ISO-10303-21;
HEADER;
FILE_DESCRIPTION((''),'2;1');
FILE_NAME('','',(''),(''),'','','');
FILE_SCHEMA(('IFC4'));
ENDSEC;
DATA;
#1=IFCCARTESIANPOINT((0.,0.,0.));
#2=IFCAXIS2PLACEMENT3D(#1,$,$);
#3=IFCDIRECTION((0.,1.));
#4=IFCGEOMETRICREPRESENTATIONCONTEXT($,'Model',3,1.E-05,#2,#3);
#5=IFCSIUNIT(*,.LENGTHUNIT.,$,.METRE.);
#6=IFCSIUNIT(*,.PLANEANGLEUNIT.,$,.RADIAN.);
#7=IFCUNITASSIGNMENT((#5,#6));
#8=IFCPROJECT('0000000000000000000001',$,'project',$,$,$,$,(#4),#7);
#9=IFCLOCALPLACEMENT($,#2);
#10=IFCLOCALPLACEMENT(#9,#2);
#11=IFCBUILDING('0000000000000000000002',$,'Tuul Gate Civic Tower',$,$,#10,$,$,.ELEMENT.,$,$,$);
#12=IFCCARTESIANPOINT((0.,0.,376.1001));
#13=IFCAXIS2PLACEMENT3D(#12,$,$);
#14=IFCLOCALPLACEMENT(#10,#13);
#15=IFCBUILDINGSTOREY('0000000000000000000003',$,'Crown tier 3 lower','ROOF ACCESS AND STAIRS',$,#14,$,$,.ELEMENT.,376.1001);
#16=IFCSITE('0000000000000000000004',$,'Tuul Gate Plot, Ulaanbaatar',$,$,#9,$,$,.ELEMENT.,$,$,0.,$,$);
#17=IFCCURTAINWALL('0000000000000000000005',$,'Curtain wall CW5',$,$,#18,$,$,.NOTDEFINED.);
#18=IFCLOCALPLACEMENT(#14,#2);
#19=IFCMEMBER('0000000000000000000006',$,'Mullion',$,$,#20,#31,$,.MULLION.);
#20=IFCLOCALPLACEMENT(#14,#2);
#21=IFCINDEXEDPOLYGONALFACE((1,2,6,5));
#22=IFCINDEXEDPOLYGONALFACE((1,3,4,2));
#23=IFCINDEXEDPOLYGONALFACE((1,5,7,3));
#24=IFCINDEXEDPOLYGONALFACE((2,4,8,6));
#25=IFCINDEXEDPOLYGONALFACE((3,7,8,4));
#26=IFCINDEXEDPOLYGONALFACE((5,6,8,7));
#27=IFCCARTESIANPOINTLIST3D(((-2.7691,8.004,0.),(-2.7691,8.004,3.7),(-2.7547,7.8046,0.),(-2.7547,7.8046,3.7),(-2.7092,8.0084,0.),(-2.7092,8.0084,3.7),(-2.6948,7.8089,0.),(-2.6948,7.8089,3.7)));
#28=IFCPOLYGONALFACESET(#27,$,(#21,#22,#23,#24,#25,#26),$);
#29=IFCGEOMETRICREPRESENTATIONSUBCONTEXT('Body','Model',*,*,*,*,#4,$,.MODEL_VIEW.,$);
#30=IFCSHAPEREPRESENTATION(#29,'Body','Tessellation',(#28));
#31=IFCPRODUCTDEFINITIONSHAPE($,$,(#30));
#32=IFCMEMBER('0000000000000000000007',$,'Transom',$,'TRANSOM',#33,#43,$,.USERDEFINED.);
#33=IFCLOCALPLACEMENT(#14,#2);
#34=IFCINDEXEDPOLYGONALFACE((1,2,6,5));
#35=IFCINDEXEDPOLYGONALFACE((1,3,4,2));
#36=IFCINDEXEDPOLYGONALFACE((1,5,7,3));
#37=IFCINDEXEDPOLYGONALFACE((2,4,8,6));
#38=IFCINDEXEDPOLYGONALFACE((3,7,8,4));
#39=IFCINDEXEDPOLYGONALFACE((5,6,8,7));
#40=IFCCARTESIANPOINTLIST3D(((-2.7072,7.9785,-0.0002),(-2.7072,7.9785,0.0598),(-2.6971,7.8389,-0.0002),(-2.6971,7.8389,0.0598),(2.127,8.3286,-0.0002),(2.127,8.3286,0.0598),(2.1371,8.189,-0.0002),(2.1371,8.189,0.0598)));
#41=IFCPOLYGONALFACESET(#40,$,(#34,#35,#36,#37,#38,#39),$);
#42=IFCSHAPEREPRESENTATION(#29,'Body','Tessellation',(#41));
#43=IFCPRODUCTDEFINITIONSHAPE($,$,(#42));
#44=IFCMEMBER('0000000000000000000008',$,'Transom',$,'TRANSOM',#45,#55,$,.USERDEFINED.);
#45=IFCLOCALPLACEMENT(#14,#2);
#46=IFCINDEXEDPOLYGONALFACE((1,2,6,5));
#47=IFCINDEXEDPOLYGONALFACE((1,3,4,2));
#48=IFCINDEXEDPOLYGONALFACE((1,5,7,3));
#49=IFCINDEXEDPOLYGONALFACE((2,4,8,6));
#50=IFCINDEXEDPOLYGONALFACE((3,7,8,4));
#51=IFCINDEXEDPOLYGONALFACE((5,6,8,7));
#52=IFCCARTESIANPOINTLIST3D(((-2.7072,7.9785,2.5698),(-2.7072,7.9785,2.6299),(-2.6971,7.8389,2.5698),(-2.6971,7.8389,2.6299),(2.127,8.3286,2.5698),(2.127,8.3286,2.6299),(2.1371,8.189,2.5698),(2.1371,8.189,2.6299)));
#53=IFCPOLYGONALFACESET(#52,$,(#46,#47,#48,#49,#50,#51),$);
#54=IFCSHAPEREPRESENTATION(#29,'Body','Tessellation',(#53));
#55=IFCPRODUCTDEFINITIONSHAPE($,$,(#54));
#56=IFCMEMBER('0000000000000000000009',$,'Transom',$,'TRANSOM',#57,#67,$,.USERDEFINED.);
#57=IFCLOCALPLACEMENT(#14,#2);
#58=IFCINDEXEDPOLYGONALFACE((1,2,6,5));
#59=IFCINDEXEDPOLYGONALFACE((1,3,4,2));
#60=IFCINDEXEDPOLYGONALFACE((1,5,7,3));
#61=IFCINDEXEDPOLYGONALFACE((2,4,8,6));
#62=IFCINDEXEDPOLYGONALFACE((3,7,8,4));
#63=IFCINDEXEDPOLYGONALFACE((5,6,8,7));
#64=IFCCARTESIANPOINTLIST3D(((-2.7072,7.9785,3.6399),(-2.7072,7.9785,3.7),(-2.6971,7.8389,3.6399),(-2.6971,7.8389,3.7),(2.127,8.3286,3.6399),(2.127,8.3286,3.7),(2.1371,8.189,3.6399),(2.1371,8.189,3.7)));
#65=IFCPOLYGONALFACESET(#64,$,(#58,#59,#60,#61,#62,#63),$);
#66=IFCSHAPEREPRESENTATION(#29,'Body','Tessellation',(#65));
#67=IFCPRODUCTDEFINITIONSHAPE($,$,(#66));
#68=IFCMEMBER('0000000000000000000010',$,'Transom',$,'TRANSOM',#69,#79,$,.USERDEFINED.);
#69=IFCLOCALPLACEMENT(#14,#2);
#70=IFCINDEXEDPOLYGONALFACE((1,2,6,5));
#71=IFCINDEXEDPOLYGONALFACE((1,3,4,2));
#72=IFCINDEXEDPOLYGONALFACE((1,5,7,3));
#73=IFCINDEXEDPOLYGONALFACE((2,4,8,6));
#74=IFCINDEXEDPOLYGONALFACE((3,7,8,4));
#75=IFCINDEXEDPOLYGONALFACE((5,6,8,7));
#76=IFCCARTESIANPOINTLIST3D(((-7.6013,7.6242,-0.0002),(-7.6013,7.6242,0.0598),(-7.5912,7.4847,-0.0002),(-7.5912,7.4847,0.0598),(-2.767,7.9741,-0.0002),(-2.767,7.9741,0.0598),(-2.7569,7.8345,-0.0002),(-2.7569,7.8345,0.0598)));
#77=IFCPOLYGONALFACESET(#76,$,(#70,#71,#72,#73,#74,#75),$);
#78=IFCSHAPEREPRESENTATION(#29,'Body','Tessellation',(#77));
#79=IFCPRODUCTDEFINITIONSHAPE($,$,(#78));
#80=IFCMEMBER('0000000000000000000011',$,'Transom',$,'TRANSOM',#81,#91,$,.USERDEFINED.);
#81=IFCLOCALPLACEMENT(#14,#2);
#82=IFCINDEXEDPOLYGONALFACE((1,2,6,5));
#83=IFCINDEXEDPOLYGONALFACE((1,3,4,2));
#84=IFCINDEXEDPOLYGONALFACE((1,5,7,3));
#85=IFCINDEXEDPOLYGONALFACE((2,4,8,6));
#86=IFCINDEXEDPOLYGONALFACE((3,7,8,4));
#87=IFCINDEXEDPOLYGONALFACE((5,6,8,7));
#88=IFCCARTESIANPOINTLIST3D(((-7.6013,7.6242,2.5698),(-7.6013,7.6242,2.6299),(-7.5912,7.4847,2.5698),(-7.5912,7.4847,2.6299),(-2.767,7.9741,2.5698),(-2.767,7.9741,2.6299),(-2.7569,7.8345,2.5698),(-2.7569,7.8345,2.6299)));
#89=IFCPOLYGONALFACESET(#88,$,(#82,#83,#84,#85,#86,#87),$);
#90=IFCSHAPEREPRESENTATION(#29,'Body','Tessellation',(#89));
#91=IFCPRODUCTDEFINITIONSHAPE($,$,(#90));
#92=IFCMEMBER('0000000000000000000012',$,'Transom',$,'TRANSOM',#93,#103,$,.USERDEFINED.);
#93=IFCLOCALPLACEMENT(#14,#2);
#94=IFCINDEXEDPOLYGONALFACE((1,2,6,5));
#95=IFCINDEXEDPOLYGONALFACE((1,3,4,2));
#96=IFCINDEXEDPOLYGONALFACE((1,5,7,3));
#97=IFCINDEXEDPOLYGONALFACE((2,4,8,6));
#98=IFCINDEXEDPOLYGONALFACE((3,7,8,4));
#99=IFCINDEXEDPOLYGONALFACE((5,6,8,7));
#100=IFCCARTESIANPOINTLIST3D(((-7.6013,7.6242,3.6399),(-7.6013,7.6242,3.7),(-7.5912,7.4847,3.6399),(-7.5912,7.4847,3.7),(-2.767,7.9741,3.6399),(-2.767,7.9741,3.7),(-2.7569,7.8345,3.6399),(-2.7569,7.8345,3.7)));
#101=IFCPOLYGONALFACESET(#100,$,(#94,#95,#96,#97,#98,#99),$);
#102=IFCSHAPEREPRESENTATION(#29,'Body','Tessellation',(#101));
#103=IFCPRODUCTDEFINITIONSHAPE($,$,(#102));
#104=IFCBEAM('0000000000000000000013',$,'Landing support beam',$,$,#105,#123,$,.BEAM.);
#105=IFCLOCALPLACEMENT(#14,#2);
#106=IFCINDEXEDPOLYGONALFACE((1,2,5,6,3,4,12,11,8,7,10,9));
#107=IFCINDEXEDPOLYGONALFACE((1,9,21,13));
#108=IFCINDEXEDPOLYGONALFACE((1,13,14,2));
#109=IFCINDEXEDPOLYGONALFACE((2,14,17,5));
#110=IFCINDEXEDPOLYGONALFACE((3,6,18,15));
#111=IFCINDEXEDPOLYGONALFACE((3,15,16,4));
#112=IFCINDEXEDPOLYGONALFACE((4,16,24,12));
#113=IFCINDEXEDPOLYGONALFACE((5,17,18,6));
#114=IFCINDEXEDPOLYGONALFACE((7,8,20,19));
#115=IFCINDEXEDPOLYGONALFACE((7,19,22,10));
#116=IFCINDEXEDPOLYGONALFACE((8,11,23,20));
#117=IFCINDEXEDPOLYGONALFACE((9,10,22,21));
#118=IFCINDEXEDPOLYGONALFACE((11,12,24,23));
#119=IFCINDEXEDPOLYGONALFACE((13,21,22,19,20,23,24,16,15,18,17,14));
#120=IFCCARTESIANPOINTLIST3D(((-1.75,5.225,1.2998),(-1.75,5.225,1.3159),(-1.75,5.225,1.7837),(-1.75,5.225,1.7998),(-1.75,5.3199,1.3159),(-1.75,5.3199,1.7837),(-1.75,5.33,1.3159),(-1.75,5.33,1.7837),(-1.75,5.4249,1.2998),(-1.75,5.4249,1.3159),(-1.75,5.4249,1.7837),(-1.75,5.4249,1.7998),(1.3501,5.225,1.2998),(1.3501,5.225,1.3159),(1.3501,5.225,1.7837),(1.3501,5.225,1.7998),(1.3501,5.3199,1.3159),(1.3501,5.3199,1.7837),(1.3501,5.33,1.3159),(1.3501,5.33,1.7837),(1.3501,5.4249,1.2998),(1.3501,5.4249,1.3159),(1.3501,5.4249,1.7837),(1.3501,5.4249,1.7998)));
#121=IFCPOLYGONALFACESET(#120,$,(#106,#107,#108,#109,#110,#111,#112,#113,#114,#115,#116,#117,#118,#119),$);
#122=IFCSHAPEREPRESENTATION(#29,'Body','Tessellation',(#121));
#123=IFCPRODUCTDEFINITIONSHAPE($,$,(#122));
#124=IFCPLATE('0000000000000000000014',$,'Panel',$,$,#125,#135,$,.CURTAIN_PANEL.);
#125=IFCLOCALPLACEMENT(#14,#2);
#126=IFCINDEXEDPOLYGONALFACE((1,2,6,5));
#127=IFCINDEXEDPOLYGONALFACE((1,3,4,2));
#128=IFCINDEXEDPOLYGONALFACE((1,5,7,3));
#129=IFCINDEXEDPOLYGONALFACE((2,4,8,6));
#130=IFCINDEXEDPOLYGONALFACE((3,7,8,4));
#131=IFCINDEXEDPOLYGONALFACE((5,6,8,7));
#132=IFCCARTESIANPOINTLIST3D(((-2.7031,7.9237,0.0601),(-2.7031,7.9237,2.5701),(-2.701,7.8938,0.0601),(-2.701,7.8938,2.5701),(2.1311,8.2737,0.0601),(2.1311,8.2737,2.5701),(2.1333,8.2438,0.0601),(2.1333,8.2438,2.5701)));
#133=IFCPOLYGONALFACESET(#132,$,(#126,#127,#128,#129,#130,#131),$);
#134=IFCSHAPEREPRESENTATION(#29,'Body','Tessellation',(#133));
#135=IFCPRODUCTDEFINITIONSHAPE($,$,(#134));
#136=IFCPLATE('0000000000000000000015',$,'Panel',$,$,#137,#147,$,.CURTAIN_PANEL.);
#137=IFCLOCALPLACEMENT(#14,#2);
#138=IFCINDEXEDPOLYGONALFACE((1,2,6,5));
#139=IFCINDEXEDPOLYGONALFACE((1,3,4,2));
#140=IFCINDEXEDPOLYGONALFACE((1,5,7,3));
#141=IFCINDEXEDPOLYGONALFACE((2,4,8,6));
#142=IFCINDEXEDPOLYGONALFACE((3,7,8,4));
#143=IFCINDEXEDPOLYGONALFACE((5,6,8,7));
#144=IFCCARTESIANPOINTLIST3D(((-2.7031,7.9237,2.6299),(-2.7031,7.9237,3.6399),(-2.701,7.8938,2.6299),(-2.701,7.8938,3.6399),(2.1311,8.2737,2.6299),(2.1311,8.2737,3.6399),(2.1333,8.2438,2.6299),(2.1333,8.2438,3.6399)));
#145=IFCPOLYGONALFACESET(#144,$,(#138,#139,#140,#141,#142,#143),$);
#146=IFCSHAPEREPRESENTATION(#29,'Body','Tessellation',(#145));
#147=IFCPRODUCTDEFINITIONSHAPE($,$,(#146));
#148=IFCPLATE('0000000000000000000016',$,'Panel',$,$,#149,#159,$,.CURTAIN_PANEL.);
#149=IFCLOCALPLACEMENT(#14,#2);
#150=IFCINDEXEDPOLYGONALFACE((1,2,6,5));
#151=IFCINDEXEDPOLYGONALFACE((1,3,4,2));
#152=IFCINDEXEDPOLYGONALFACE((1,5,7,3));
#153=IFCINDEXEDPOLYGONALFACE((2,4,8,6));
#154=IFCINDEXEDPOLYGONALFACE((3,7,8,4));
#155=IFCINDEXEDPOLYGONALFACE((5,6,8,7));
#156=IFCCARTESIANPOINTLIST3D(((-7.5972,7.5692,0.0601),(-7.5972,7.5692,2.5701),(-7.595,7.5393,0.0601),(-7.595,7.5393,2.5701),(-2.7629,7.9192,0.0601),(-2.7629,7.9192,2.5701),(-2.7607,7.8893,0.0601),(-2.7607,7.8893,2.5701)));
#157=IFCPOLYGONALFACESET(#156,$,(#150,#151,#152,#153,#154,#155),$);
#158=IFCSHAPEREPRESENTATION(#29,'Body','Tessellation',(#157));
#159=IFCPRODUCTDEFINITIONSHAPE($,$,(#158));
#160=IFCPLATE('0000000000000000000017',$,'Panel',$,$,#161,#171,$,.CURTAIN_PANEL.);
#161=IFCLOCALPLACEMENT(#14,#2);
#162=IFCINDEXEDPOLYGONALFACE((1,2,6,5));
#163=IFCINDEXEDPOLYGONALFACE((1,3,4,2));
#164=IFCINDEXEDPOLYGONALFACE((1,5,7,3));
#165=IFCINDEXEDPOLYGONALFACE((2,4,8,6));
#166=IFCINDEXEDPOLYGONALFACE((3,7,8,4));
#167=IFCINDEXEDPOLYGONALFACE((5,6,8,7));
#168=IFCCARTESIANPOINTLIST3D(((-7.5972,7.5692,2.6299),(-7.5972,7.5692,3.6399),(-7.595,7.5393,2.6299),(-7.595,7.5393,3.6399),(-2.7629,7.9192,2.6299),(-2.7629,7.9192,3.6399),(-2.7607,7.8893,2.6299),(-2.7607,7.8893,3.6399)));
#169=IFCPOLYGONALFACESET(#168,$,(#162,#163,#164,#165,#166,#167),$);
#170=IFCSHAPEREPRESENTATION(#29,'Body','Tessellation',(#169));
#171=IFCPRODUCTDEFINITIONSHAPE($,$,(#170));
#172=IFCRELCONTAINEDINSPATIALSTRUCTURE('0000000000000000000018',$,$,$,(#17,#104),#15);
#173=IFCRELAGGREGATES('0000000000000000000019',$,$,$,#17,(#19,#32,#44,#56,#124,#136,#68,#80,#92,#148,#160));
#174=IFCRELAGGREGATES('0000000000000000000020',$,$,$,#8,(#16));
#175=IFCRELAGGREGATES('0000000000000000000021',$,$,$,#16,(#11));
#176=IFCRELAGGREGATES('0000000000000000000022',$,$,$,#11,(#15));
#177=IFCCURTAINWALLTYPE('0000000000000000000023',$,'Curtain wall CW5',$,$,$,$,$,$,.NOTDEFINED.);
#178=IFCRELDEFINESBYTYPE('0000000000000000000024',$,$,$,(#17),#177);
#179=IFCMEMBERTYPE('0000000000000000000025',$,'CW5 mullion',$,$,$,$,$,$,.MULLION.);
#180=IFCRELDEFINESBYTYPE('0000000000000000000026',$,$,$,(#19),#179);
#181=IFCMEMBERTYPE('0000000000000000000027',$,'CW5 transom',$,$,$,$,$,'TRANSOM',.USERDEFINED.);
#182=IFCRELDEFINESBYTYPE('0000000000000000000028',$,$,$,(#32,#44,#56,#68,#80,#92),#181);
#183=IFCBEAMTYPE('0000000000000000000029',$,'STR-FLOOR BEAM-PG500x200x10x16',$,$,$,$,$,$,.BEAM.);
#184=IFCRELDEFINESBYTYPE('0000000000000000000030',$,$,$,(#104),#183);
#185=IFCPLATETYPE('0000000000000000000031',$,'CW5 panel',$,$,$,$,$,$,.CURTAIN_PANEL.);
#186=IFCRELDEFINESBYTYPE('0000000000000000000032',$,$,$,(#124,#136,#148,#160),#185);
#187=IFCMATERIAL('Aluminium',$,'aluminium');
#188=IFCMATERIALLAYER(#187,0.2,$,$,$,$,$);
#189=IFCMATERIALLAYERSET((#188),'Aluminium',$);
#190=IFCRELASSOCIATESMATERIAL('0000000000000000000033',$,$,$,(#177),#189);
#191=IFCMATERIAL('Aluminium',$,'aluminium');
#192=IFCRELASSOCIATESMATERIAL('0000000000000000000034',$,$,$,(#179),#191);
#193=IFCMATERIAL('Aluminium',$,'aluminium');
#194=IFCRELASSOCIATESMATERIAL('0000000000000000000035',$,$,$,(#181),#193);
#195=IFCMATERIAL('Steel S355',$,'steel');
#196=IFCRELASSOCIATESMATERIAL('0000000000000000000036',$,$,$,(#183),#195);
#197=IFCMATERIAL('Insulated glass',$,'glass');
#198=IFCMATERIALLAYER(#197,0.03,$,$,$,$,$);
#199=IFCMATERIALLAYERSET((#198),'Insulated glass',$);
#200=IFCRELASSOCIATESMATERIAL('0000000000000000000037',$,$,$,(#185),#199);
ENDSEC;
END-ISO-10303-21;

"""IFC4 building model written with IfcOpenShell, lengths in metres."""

from ifc_helpers import new_model, si_unit, direction, frame, origin, origin_2d, place, context, subcontext, project, spatial, rectangle, i_section, extrude, material, layer, layer_set, material_profile, profile_set, type_object, element, aggregate, save


model = new_model("IFC4")

# Units and contexts
model_context = context("Model", 3, precision=1e-05, world=origin(), true_north=direction((0.0, 1.0)))
body_context = subcontext(model_context, "Body", "Model", "MODEL_VIEW")
ifc_project = project(units=[si_unit("LENGTHUNIT", "METRE"), si_unit("PLANEANGLEUNIT", "RADIAN")], contexts=[model_context])

# Site, building, storey
site_placement = place(None, origin())
site = spatial("IfcSite", under=ifc_project, at=site_placement, Name="Tuul Gate Plot, Ulaanbaatar", CompositionType="ELEMENT", RefElevation=0.0)
building_placement = place(site_placement, origin())
building = spatial("IfcBuilding", under=site, at=building_placement, Name="Tuul Gate Civic Tower", CompositionType="ELEMENT")
storey_placement = place(building_placement, frame((0.0, 0.0, 376.1001)))
storey = spatial("IfcBuildingStorey", under=building, at=storey_placement, Name="Crown tier 3 lower", Description="ROOF ACCESS AND STAIRS", CompositionType="ELEMENT", Elevation=376.1001)

# Curtain wall, members
ifc_material_1 = material(Name="Aluminium", Category="aluminium")
ifc_layer_1 = layer(ifc_material_1, 0.2)
ifc_layer_set_1 = layer_set([ifc_layer_1], Name="Aluminium")
curtain_wall_type = type_object("IfcCurtainWallType", Name="Curtain wall CW5", PredefinedType="NOTDEFINED", material=ifc_layer_set_1)
curtain_wall_placement = place(storey_placement, origin())
curtain_wall = element("IfcCurtainWall", 1, at=curtain_wall_placement, inside=storey, type_object=curtain_wall_type, Name="Curtain wall CW5", PredefinedType="NOTDEFINED")
ifc_material_2 = material(Name="Aluminium", Category="aluminium")
ifc_material_profile_1 = material_profile(ifc_material_2, rectangle(XDim=0.2, YDim=0.0601, at=origin_2d()), Name="CW5 mullion")
ifc_profile_set_1 = profile_set([ifc_material_profile_1], Name="Aluminium")
member_type_1 = type_object("IfcMemberType", Name="CW5 mullion", PredefinedType="MULLION", material=ifc_profile_set_1)
member_1_placement = place(storey_placement, frame((-2.7319, 7.9065, 0.0), z_axis=(0.0, 0.0, 1.0), x_axis=(0.072211, -0.997389, 0.0)))
member_1 = element("IfcMember", 2, at=member_1_placement, type_object=member_type_1, Name="Mullion", PredefinedType="MULLION", context=body_context, shape_type="SweptSolid", body=[
    extrude(rectangle(XDim=0.2, YDim=0.0601, at=origin_2d()), origin(), (0.0, 0.0, 1.0), 3.7),
])
ifc_material_3 = material(Name="Aluminium", Category="aluminium")
ifc_material_profile_2 = material_profile(ifc_material_3, rectangle(XDim=0.1399, YDim=0.0601, at=origin_2d()), Name="CW5 transom")
ifc_profile_set_2 = profile_set([ifc_material_profile_2], Name="Aluminium")
member_type_2 = type_object("IfcMemberType", Name="CW5 transom", ElementType="TRANSOM", PredefinedType="USERDEFINED", material=ifc_profile_set_2)
member_2_placement = place(storey_placement, frame((2.1321, 8.2588, 0.0298), z_axis=(-0.997388, -0.072231, 0.0), x_axis=(0.072231, -0.997388, 0.0)))
member_2 = element("IfcMember", 3, at=member_2_placement, type_object=member_type_2, Name="Transom", ObjectType="TRANSOM", PredefinedType="USERDEFINED", context=body_context, shape_type="SweptSolid", body=[
    extrude(rectangle(XDim=0.1399, YDim=0.0601, at=origin_2d()), origin(), (0.0, 0.0, 1.0), 4.8469),
])
member_3_placement = place(storey_placement, frame((2.1321, 8.2588, 2.5999), z_axis=(-0.997388, -0.072231, 0.0), x_axis=(0.072231, -0.997388, 0.0)))
member_3 = element("IfcMember", 4, at=member_3_placement, type_object=member_type_2, Name="Transom", ObjectType="TRANSOM", PredefinedType="USERDEFINED", context=body_context, shape_type="SweptSolid", body=[
    extrude(rectangle(XDim=0.1399, YDim=0.0601, at=origin_2d()), origin(), (0.0, 0.0, 1.0), 4.8469),
])
member_4_placement = place(storey_placement, frame((2.1321, 8.2588, 3.6699), z_axis=(-0.997388, -0.072231, 0.0), x_axis=(0.072231, -0.997388, 0.0)))
member_4 = element("IfcMember", 5, at=member_4_placement, type_object=member_type_2, Name="Transom", ObjectType="TRANSOM", PredefinedType="USERDEFINED", context=body_context, shape_type="SweptSolid", body=[
    extrude(rectangle(XDim=0.1399, YDim=0.0601, at=origin_2d()), origin(), (0.0, 0.0, 1.0), 4.8469),
])
member_5_placement = place(storey_placement, frame((-2.762, 7.9043, 0.0298), z_axis=(-0.997392, -0.072181, 0.0), x_axis=(0.072181, -0.997392, 0.0)))
member_5 = element("IfcMember", 6, at=member_5_placement, type_object=member_type_2, Name="Transom", ObjectType="TRANSOM", PredefinedType="USERDEFINED", context=body_context, shape_type="SweptSolid", body=[
    extrude(rectangle(XDim=0.1399, YDim=0.0601, at=origin_2d()), origin(), (0.0, 0.0, 1.0), 4.8469),
])
member_6_placement = place(storey_placement, frame((-2.762, 7.9043, 2.5999), z_axis=(-0.997392, -0.072181, 0.0), x_axis=(0.072181, -0.997392, 0.0)))
member_6 = element("IfcMember", 7, at=member_6_placement, type_object=member_type_2, Name="Transom", ObjectType="TRANSOM", PredefinedType="USERDEFINED", context=body_context, shape_type="SweptSolid", body=[
    extrude(rectangle(XDim=0.1399, YDim=0.0601, at=origin_2d()), origin(), (0.0, 0.0, 1.0), 4.8469),
])
member_7_placement = place(storey_placement, frame((-2.762, 7.9043, 3.6699), z_axis=(-0.997392, -0.072181, 0.0), x_axis=(0.072181, -0.997392, 0.0)))
member_7 = element("IfcMember", 8, at=member_7_placement, type_object=member_type_2, Name="Transom", ObjectType="TRANSOM", PredefinedType="USERDEFINED", context=body_context, shape_type="SweptSolid", body=[
    extrude(rectangle(XDim=0.1399, YDim=0.0601, at=origin_2d()), origin(), (0.0, 0.0, 1.0), 4.8469),
])

# Beam
ifc_material_4 = material(Name="Steel S355", Category="steel")
ifc_material_profile_3 = material_profile(ifc_material_4, i_section(OverallWidth=0.2, OverallDepth=0.5, WebThickness=0.01, FlangeThickness=0.0161, at=origin_2d()), Name="PG500x200x10x16")
ifc_profile_set_3 = profile_set([ifc_material_profile_3], Name="Steel S355")
beam_type = type_object("IfcBeamType", Name="STR-FLOOR BEAM-PG500x200x10x16", PredefinedType="BEAM", material=ifc_profile_set_3)
beam_placement = place(storey_placement, frame((-1.75, 5.325, 1.5498), z_axis=(1.0, 0.0, 0.0), x_axis=(0.0, 1.0, 0.0)))
element("IfcBeam", 9, at=beam_placement, inside=storey, type_object=beam_type, Name="Landing support beam", PredefinedType="BEAM", context=body_context, shape_type="SweptSolid", body=[
    extrude(i_section(OverallWidth=0.2, OverallDepth=0.5, WebThickness=0.01, FlangeThickness=0.0161, at=origin_2d()), origin(), (0.0, 0.0, 1.0), 3.1001),
])

# Plates
ifc_material_5 = material(Name="Insulated glass", Category="glass")
ifc_layer_2 = layer(ifc_material_5, 0.03)
ifc_layer_set_2 = layer_set([ifc_layer_2], Name="Insulated glass")
plate_type = type_object("IfcPlateType", Name="CW5 panel", PredefinedType="CURTAIN_PANEL", material=ifc_layer_set_2)
plate_1_placement = place(storey_placement, frame((-0.2849, 8.0837, 0.0601), z_axis=(0.0, 0.0, 1.0), x_axis=(-0.997389, -0.072211, 0.0)))
plate_1 = element("IfcPlate", 10, at=plate_1_placement, type_object=plate_type, Name="Panel", PredefinedType="CURTAIN_PANEL", context=body_context, shape_type="SweptSolid", body=[
    extrude(rectangle(XDim=4.8469, YDim=0.03, at=origin_2d()), origin(), (0.0, 0.0, 1.0), 2.51),
])
plate_2_placement = place(storey_placement, frame((-0.2849, 8.0837, 2.6299), z_axis=(0.0, 0.0, 1.0), x_axis=(-0.997389, -0.072211, 0.0)))
plate_2 = element("IfcPlate", 11, at=plate_2_placement, type_object=plate_type, Name="Panel", PredefinedType="CURTAIN_PANEL", context=body_context, shape_type="SweptSolid", body=[
    extrude(rectangle(XDim=4.8469, YDim=0.03, at=origin_2d()), origin(), (0.0, 0.0, 1.0), 1.01),
])
plate_3_placement = place(storey_placement, frame((-5.179, 7.7292, 0.0601), z_axis=(0.0, 0.0, 1.0), x_axis=(-0.997389, -0.072211, 0.0)))
plate_3 = element("IfcPlate", 12, at=plate_3_placement, type_object=plate_type, Name="Panel", PredefinedType="CURTAIN_PANEL", context=body_context, shape_type="SweptSolid", body=[
    extrude(rectangle(XDim=4.8469, YDim=0.03, at=origin_2d()), origin(), (0.0, 0.0, 1.0), 2.51),
])
plate_4_placement = place(storey_placement, frame((-5.179, 7.7292, 2.6299), z_axis=(0.0, 0.0, 1.0), x_axis=(-0.997389, -0.072211, 0.0)))
plate_4 = element("IfcPlate", 13, at=plate_4_placement, type_object=plate_type, Name="Panel", PredefinedType="CURTAIN_PANEL", context=body_context, shape_type="SweptSolid", body=[
    extrude(rectangle(XDim=4.8469, YDim=0.03, at=origin_2d()), origin(), (0.0, 0.0, 1.0), 1.01),
])
aggregate(curtain_wall, [member_1, member_2, member_3, member_4, plate_1, plate_2, member_5, member_6, member_7, plate_3, plate_4])

save(model, "model.ifc")
